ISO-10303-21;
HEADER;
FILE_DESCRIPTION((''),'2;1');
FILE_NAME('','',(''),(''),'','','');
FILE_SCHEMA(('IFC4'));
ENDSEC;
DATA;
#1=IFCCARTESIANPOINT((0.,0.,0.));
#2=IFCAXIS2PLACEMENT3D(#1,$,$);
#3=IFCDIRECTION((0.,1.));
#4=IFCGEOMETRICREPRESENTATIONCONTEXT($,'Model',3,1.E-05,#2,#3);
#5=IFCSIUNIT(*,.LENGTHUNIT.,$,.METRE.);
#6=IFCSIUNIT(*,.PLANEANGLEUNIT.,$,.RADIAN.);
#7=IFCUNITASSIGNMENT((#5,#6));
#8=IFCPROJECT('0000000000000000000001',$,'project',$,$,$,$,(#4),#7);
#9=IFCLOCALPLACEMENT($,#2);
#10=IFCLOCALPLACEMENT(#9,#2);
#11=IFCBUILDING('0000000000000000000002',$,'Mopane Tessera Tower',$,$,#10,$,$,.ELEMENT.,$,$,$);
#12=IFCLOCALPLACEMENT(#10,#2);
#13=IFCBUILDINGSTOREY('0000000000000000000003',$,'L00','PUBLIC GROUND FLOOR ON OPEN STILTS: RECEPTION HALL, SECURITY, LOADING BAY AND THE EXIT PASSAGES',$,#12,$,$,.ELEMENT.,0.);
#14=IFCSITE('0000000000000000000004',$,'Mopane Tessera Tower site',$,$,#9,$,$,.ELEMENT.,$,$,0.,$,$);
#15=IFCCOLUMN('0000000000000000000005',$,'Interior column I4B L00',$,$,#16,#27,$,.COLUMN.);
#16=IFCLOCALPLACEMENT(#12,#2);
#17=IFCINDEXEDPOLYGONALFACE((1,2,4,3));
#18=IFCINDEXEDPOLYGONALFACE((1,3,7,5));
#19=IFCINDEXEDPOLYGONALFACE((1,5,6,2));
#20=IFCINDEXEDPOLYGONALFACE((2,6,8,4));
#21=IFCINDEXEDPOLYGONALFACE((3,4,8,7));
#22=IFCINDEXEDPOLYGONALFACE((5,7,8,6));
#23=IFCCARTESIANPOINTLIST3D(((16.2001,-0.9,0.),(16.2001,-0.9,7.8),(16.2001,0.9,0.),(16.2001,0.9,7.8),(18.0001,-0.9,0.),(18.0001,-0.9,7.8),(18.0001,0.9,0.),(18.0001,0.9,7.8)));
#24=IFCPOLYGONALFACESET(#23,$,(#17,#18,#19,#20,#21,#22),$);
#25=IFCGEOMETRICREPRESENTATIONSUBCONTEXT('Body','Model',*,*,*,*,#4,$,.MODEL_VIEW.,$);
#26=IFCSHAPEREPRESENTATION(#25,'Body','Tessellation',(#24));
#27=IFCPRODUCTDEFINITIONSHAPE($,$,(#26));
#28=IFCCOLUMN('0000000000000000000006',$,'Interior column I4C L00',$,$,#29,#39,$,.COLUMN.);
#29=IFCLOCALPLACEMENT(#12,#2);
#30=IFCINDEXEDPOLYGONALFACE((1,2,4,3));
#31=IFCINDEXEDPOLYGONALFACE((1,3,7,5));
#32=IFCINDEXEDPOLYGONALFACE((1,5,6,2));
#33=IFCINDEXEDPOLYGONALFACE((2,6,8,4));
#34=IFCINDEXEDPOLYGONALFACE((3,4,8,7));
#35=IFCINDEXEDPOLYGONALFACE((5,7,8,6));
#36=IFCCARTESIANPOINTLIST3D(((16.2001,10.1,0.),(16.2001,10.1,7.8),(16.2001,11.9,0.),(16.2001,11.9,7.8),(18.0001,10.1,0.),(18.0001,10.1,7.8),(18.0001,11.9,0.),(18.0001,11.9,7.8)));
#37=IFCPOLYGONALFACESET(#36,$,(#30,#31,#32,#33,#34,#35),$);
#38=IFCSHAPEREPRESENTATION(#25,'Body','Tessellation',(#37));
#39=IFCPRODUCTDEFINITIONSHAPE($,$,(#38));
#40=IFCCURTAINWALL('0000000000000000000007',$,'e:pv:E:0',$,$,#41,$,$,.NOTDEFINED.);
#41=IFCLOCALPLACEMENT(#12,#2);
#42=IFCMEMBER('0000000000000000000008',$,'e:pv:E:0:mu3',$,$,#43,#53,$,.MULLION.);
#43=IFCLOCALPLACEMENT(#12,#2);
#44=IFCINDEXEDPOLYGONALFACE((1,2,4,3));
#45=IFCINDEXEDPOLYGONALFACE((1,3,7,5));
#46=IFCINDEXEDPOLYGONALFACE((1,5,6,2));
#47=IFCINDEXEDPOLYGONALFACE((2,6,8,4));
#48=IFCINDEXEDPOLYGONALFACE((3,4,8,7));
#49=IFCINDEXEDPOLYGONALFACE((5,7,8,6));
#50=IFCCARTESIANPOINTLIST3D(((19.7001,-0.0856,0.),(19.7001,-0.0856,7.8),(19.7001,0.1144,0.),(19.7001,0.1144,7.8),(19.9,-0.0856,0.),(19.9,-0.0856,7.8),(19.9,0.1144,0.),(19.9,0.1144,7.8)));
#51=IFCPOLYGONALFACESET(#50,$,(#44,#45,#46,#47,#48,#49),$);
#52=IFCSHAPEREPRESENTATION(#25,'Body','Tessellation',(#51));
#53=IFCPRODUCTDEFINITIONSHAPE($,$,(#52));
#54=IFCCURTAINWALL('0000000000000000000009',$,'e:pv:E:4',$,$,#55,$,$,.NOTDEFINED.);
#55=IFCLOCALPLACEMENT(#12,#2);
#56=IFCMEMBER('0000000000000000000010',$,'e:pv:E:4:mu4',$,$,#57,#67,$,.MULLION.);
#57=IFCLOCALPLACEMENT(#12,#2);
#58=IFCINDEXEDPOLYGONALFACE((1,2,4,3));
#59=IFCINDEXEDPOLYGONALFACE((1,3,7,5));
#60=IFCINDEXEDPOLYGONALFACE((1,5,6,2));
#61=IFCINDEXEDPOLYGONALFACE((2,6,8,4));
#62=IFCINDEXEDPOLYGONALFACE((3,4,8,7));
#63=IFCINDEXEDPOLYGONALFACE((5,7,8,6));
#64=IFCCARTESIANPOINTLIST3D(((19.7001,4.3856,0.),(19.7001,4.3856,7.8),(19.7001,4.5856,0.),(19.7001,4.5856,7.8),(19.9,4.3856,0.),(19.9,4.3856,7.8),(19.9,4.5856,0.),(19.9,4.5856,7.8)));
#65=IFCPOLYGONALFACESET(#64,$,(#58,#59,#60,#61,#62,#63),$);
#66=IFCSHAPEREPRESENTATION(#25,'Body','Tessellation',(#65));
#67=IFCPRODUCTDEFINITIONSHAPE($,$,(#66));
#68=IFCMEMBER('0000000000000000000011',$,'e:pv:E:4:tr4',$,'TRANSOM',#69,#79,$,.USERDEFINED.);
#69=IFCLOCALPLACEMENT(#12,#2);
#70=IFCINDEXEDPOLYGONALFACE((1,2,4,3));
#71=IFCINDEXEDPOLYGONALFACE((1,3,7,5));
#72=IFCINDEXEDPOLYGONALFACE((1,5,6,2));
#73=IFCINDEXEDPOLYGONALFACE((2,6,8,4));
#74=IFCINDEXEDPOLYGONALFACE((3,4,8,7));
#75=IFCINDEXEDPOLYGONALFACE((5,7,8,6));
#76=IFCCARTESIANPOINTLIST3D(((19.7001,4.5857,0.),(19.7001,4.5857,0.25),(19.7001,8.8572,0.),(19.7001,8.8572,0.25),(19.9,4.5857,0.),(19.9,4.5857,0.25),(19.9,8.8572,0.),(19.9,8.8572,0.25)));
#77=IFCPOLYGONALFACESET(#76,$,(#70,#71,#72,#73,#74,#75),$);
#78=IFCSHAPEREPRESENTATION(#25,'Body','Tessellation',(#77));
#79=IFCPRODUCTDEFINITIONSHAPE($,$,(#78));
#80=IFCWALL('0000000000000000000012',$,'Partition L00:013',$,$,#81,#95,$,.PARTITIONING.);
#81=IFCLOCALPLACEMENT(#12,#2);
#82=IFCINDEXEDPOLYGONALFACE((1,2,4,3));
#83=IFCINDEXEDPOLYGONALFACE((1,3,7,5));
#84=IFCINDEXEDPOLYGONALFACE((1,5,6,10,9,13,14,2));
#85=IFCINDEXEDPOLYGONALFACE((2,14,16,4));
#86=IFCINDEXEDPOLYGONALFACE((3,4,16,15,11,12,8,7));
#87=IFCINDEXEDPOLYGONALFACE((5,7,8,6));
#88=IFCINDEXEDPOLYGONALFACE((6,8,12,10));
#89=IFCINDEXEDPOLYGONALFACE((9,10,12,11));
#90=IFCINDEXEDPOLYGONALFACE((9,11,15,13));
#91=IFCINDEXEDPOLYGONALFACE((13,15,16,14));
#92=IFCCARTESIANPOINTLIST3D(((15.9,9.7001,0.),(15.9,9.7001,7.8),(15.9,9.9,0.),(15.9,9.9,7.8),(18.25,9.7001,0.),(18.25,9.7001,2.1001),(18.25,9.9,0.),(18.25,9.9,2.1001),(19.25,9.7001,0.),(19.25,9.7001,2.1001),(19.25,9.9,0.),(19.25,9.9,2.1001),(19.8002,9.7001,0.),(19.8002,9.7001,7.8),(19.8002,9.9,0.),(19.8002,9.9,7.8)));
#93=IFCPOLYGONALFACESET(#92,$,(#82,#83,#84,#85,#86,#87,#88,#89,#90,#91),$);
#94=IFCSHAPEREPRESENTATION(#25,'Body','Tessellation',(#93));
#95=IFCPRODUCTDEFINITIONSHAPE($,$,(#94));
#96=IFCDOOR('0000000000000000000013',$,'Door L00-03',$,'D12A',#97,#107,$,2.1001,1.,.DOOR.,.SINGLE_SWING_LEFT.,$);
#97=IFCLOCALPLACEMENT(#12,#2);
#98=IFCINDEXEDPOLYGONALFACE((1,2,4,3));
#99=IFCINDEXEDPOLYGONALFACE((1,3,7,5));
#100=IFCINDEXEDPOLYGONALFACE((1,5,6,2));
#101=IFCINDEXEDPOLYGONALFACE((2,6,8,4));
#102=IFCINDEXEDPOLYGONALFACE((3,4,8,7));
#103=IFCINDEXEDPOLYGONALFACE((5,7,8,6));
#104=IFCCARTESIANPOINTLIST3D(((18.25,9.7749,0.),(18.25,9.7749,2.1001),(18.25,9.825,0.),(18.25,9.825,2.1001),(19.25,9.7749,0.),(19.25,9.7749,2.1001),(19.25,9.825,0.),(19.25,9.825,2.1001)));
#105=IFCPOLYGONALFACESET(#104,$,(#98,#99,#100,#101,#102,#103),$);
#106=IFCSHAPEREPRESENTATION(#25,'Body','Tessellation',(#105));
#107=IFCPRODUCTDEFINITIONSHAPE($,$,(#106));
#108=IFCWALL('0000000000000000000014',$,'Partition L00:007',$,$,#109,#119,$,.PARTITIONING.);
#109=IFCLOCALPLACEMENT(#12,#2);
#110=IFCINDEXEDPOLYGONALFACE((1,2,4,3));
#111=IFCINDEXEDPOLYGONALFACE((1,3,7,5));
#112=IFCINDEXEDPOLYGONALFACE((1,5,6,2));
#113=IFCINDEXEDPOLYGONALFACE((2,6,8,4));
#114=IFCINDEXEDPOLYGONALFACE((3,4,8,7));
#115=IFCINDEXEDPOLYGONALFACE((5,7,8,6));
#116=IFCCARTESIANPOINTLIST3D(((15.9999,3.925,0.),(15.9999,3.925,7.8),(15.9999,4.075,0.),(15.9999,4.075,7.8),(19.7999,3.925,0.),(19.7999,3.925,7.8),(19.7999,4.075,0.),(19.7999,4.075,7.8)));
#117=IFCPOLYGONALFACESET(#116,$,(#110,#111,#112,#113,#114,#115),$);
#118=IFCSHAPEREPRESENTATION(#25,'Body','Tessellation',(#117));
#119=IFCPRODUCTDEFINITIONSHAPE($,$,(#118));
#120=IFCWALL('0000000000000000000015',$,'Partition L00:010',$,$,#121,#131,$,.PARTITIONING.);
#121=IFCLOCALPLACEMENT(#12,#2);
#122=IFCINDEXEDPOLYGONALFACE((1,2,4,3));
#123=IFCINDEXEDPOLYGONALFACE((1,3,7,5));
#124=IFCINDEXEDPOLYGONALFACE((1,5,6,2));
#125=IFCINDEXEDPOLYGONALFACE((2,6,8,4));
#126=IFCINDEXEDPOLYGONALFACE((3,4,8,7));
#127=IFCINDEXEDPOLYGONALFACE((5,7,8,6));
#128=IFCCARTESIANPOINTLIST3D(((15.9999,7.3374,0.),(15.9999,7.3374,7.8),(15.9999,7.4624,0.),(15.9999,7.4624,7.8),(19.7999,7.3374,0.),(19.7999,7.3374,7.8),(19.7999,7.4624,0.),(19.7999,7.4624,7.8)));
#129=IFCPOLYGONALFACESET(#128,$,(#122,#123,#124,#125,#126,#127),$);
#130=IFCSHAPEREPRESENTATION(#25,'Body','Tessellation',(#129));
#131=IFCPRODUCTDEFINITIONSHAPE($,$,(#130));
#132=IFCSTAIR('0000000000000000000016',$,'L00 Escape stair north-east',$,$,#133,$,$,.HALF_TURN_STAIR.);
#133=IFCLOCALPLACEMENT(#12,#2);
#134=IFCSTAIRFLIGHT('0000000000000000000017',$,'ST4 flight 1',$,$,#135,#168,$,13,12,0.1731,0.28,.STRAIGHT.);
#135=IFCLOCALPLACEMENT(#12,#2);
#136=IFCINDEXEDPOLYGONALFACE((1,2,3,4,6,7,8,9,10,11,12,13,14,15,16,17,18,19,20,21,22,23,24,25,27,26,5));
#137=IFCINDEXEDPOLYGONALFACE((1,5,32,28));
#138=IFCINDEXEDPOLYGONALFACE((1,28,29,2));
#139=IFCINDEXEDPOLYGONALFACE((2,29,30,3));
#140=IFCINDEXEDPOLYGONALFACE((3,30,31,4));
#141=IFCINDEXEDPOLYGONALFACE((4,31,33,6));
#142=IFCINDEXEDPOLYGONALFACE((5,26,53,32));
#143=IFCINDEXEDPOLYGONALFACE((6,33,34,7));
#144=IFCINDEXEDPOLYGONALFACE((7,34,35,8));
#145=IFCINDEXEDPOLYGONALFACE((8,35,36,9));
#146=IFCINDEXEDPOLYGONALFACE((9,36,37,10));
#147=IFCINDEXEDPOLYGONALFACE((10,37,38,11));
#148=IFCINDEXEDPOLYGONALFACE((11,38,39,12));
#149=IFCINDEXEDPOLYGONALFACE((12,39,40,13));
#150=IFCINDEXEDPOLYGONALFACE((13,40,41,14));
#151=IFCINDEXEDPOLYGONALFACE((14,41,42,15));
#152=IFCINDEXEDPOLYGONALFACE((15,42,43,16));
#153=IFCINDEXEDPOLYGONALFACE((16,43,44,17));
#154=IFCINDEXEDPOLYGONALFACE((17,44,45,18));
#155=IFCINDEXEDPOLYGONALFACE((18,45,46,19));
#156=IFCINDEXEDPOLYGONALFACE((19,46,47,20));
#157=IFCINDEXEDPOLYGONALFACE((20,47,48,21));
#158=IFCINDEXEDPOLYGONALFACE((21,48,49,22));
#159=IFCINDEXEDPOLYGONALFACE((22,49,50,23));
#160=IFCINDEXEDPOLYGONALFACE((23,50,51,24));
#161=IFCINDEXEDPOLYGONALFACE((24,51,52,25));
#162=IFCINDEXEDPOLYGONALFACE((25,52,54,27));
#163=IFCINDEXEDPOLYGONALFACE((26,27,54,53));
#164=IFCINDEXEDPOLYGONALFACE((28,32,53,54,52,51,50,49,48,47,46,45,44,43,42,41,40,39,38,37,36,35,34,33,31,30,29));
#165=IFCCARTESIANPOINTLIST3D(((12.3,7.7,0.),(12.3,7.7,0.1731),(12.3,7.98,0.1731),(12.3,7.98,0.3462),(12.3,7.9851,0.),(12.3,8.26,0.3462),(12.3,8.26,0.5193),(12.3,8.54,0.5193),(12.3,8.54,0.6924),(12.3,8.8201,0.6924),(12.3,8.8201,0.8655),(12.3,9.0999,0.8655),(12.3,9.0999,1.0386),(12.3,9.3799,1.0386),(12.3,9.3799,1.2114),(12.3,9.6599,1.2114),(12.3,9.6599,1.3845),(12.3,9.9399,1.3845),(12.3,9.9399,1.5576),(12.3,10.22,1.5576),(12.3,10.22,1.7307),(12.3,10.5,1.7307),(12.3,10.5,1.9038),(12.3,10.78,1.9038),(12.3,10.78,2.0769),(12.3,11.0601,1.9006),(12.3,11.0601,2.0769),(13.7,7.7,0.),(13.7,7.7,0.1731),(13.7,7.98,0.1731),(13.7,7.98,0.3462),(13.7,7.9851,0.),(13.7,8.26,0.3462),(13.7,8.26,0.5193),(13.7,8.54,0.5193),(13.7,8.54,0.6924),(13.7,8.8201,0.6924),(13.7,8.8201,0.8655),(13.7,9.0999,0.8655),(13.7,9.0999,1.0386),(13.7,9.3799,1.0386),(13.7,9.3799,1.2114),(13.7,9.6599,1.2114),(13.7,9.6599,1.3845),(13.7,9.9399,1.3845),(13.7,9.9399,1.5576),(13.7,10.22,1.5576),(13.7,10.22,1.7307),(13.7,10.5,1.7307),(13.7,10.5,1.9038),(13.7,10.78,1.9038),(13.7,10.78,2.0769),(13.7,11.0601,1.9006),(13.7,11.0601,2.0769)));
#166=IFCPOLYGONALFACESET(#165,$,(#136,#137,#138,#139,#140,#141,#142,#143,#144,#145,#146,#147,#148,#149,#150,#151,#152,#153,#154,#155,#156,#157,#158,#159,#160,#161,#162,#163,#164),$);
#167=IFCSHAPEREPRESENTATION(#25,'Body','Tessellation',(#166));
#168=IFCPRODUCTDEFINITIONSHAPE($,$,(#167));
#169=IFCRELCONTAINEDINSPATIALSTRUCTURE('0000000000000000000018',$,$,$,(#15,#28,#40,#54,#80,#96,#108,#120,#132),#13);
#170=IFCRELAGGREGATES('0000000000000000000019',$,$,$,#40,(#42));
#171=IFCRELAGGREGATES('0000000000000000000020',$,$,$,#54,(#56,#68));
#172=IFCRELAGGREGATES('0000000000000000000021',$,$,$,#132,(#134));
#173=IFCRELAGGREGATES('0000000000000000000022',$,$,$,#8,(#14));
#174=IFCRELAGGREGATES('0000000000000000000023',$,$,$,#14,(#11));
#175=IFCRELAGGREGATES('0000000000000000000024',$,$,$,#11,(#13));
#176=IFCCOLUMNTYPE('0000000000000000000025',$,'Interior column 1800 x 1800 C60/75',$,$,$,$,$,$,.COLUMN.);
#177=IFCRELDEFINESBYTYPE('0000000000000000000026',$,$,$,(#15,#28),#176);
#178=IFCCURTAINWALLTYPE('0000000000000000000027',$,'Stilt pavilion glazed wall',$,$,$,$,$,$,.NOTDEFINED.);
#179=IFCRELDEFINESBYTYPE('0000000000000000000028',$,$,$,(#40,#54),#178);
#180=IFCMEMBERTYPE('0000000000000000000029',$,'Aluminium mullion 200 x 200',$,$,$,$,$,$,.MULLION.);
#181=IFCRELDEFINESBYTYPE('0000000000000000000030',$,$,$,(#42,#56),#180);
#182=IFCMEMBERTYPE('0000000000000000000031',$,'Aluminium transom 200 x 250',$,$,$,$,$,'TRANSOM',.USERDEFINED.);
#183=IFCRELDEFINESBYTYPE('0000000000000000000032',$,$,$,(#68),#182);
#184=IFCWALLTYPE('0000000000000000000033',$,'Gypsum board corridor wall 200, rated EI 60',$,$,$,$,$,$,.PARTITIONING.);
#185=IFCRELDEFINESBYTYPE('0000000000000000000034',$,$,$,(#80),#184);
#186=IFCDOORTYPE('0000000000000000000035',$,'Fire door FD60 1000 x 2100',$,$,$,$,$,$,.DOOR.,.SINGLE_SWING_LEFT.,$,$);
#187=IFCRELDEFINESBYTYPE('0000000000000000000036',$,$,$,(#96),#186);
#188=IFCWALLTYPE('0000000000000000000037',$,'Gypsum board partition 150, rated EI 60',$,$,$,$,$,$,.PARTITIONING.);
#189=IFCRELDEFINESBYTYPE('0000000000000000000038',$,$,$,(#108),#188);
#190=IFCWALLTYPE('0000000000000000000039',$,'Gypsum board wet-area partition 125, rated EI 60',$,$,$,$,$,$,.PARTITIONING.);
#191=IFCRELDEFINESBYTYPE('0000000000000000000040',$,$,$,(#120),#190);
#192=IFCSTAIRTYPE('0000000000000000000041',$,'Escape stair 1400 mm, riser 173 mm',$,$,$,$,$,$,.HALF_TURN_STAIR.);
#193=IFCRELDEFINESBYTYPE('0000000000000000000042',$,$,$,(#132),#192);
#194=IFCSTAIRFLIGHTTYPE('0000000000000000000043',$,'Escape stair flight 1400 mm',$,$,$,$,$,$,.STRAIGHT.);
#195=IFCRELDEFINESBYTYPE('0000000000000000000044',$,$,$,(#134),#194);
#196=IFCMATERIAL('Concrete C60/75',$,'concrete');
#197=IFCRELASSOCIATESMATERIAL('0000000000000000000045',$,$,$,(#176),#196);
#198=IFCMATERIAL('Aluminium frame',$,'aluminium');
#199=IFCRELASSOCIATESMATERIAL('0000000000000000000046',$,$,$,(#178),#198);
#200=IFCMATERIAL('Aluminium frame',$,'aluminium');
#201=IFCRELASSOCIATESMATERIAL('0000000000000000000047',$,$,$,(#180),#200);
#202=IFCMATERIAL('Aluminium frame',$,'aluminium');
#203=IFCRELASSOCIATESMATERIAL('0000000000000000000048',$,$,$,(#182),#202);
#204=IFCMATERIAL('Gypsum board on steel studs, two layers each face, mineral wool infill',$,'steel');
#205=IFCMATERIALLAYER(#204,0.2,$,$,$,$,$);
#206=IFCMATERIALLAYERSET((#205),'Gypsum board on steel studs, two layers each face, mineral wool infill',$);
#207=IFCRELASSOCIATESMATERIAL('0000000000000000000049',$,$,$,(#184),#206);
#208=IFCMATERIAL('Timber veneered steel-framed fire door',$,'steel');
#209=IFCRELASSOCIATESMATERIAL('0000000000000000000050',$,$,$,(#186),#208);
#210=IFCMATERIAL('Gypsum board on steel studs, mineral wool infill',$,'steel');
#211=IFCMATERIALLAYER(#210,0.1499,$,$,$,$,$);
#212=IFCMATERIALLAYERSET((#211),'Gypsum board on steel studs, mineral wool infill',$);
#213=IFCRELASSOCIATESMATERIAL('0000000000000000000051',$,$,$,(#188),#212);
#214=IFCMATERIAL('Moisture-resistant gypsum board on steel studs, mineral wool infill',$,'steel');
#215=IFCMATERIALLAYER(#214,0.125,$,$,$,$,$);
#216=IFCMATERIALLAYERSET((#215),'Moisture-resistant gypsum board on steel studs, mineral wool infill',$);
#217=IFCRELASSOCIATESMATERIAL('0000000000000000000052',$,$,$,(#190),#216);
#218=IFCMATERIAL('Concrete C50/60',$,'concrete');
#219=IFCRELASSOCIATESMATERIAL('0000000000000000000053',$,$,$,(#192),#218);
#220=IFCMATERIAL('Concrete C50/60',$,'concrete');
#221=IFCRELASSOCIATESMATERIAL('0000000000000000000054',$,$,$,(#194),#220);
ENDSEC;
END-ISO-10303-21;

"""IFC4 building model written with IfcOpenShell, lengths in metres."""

from ifc_helpers import new_model, si_unit, direction, frame, frame_2d, origin, origin_2d, place, context, subcontext, project, spatial, polyline, rectangle, outline, extrude, material, layer, layer_set, material_profile, profile_set, type_object, element, fill, aggregate, save


model = new_model("IFC4")

# Units and contexts
model_context = context("Model", 3, precision=1e-05, world=origin(), true_north=direction((0.0, 1.0)))
body_context = subcontext(model_context, "Body", "Model", "MODEL_VIEW")
ifc_project = project(units=[si_unit("LENGTHUNIT", "METRE"), si_unit("PLANEANGLEUNIT", "RADIAN")], contexts=[model_context])

# Site, building, storey
site_placement = place(None, origin())
site = spatial("IfcSite", under=ifc_project, at=site_placement, Name="Mopane Tessera Tower site", CompositionType="ELEMENT", RefElevation=0.0)
building_placement = place(site_placement, origin())
building = spatial("IfcBuilding", under=site, at=building_placement, Name="Mopane Tessera Tower", CompositionType="ELEMENT")
storey_placement = place(building_placement, origin())
storey = spatial("IfcBuildingStorey", under=building, at=storey_placement, Name="L00", Description="PUBLIC GROUND FLOOR ON OPEN STILTS: RECEPTION HALL, SECURITY, LOADING BAY AND THE EXIT PASSAGES", CompositionType="ELEMENT", Elevation=0.0)

# Columns
ifc_material_1 = material(Name="Concrete C60/75", Category="concrete")
ifc_material_profile_1 = material_profile(ifc_material_1, rectangle(XDim=1.8, YDim=1.8, at=origin_2d()))
ifc_profile_set_1 = profile_set([ifc_material_profile_1], Name="Concrete C60/75")
column_type = type_object("IfcColumnType", Name="Interior column 1800 x 1800 C60/75", PredefinedType="COLUMN", material=ifc_profile_set_1)
for number, where, z_axis, x_axis, name in (
    (1, (17.1001, 0.0, 0.0), (0.0, 0.0, 1.0), (1.0, 0.0, 0.0), "Interior column I4B L00"),
    (2, (17.1001, 11.0, 0.0), (0.0, 0.0, 1.0), (1.0, 0.0, 0.0), "Interior column I4C L00"),
):
    element("IfcColumn", number, at=place(storey_placement, frame(where, z_axis=z_axis, x_axis=x_axis)), inside=storey, type_object=column_type, Name=name, PredefinedType="COLUMN", context=body_context, shape_type="SweptSolid", body=[
        extrude(rectangle(XDim=1.8, YDim=1.8, at=origin_2d()), origin(), (0.0, 0.0, 1.0), 7.8),
    ])

# Curtain wall, member
ifc_material_2 = material(Name="Aluminium frame", Category="aluminium")
curtain_wall_type = type_object("IfcCurtainWallType", Name="Stilt pavilion glazed wall", PredefinedType="NOTDEFINED", material=ifc_material_2)
curtain_wall_1_placement = place(storey_placement, origin())
curtain_wall_1 = element("IfcCurtainWall", 3, at=curtain_wall_1_placement, inside=storey, type_object=curtain_wall_type, Name="e:pv:E:0", PredefinedType="NOTDEFINED")
ifc_material_3 = material(Name="Aluminium frame", Category="aluminium")
ifc_material_profile_2 = material_profile(ifc_material_3, rectangle(XDim=0.2, YDim=0.2, at=origin_2d()))
ifc_profile_set_2 = profile_set([ifc_material_profile_2], Name="Aluminium frame")
member_type_1 = type_object("IfcMemberType", Name="Aluminium mullion 200 x 200", PredefinedType="MULLION", material=ifc_profile_set_2)
member_1_placement = place(storey_placement, frame((19.8, 0.0144, 0.0), z_axis=(0.0, 0.0, 1.0), x_axis=(0.0, 1.0, 0.0)))
member_1 = element("IfcMember", 4, at=member_1_placement, type_object=member_type_1, Name="e:pv:E:0:mu3", PredefinedType="MULLION", context=body_context, shape_type="SweptSolid", body=[
    extrude(rectangle(XDim=0.2, YDim=0.2, at=origin_2d()), origin(), (0.0, 0.0, 1.0), 7.8),
])
aggregate(curtain_wall_1, [member_1])

# Curtain wall, members
curtain_wall_2_placement = place(storey_placement, origin())
curtain_wall_2 = element("IfcCurtainWall", 5, at=curtain_wall_2_placement, inside=storey, type_object=curtain_wall_type, Name="e:pv:E:4", PredefinedType="NOTDEFINED")
member_2_placement = place(storey_placement, frame((19.8, 4.4856, 0.0), z_axis=(0.0, 0.0, 1.0), x_axis=(0.0, 1.0, 0.0)))
member_2 = element("IfcMember", 6, at=member_2_placement, type_object=member_type_1, Name="e:pv:E:4:mu4", PredefinedType="MULLION", context=body_context, shape_type="SweptSolid", body=[
    extrude(rectangle(XDim=0.2, YDim=0.2, at=origin_2d()), origin(), (0.0, 0.0, 1.0), 7.8),
])
ifc_material_4 = material(Name="Aluminium frame", Category="aluminium")
ifc_material_profile_3 = material_profile(ifc_material_4, rectangle(XDim=0.2, YDim=0.25, at=origin_2d()))
ifc_profile_set_3 = profile_set([ifc_material_profile_3], Name="Aluminium frame")
member_type_2 = type_object("IfcMemberType", Name="Aluminium transom 200 x 250", ElementType="TRANSOM", PredefinedType="USERDEFINED", material=ifc_profile_set_3)
member_3_placement = place(storey_placement, frame((19.8, 4.5857, 0.125), z_axis=(0.0, 1.0, 0.0), x_axis=(-1.0, 0.0, 0.0)))
member_3 = element("IfcMember", 7, at=member_3_placement, type_object=member_type_2, Name="e:pv:E:4:tr4", ObjectType="TRANSOM", PredefinedType="USERDEFINED", context=body_context, shape_type="SweptSolid", body=[
    extrude(rectangle(XDim=0.2, YDim=0.25, at=origin_2d()), origin(), (0.0, 0.0, 1.0), 4.2715),
])
aggregate(curtain_wall_2, [member_2, member_3])

# Wall, opening, door
ifc_material_5 = material(Name="Gypsum board on steel studs, two layers each face, mineral wool infill", Category="steel")
ifc_layer_1 = layer(ifc_material_5, 0.2)
ifc_layer_set_1 = layer_set([ifc_layer_1], Name="Gypsum board on steel studs, two layers each face, mineral wool infill")
wall_type_1 = type_object("IfcWallType", Name="Gypsum board corridor wall 200, rated EI 60", PredefinedType="PARTITIONING", material=ifc_layer_set_1)
wall_1_placement = place(storey_placement, frame((15.8999, 9.8, 0.0), z_axis=(0.0, 0.0, 1.0), x_axis=(1.0, 0.0, 0.0)))
wall_1 = element("IfcWall", 8, at=wall_1_placement, inside=storey, type_object=wall_type_1, Name="Partition L00:013", PredefinedType="PARTITIONING", context=body_context, shape_type="SweptSolid", body=[
    extrude(rectangle(XDim=3.9001, YDim=0.2, at=frame_2d((1.9502, 0.0))), origin(), (0.0, 0.0, 1.0), 7.8),
])
opening_1_placement = place(wall_1_placement, frame((2.3501, 0.0, 0.0)))
opening_1 = element("IfcOpeningElement", 9, at=opening_1_placement, cuts=wall_1, PredefinedType="OPENING", context=body_context, shape_type="SweptSolid", body=[
    extrude(rectangle(XDim=1.0, YDim=2.1001, at=frame_2d((0.5, 1.05))), frame((0.0, 0.1121, 0.0), z_axis=(0.0, -1.0, 0.0), x_axis=(1.0, 0.0, 0.0)), (0.0, 0.0, 1.0), 0.2239),
])
ifc_material_6 = material(Name="Timber veneered steel-framed fire door", Category="steel")
door_type_1 = type_object("IfcDoorType", Name="Fire door FD60 1000 x 2100", OperationType="SINGLE_SWING_LEFT", PredefinedType="DOOR", material=ifc_material_6)
door_1_placement = place(opening_1_placement, origin())
door_1 = element("IfcDoor", 10, at=door_1_placement, inside=storey, type_object=door_type_1, Name="Door L00-03", ObjectType="D12A", OperationType="SINGLE_SWING_LEFT", OverallHeight=2.1001, OverallWidth=1.0, PredefinedType="DOOR", context=body_context, shape_type="SweptSolid", body=[
    extrude(rectangle(XDim=1.0, YDim=2.1001, at=frame_2d((0.5, 1.05))), frame((0.0, 0.0249, 0.0), z_axis=(0.0, -1.0, 0.0), x_axis=(1.0, 0.0, 0.0)), (0.0, 0.0, 1.0), 0.05),
])
fill(opening_1, door_1)

# Walls
ifc_material_7 = material(Name="Gypsum board on steel studs, mineral wool infill", Category="steel")
ifc_layer_2 = layer(ifc_material_7, 0.1499)
ifc_layer_set_2 = layer_set([ifc_layer_2], Name="Gypsum board on steel studs, mineral wool infill")
wall_type_2 = type_object("IfcWallType", Name="Gypsum board partition 150, rated EI 60", PredefinedType="PARTITIONING", material=ifc_layer_set_2)
wall_2_placement = place(storey_placement, frame((16.0, 4.0, 0.0), z_axis=(0.0, 0.0, 1.0), x_axis=(1.0, 0.0, 0.0)))
element("IfcWall", 11, at=wall_2_placement, inside=storey, type_object=wall_type_2, Name="Partition L00:007", PredefinedType="PARTITIONING", context=body_context, shape_type="SweptSolid", body=[
    extrude(rectangle(XDim=3.8, YDim=0.1499, at=frame_2d((1.8999, 0.0))), origin(), (0.0, 0.0, 1.0), 7.8),
])
ifc_material_8 = material(Name="Moisture-resistant gypsum board on steel studs, mineral wool infill", Category="steel")
ifc_layer_3 = layer(ifc_material_8, 0.125)
ifc_layer_set_3 = layer_set([ifc_layer_3], Name="Moisture-resistant gypsum board on steel studs, mineral wool infill")
wall_type_3 = type_object("IfcWallType", Name="Gypsum board wet-area partition 125, rated EI 60", PredefinedType="PARTITIONING", material=ifc_layer_set_3)
wall_3_placement = place(storey_placement, frame((16.0, 7.3999, 0.0), z_axis=(0.0, 0.0, 1.0), x_axis=(1.0, 0.0, 0.0)))
element("IfcWall", 12, at=wall_3_placement, inside=storey, type_object=wall_type_3, Name="Partition L00:010", PredefinedType="PARTITIONING", context=body_context, shape_type="SweptSolid", body=[
    extrude(rectangle(XDim=3.8, YDim=0.125, at=frame_2d((1.8999, 0.0))), origin(), (0.0, 0.0, 1.0), 7.8),
])

# Stair, stair flight
ifc_material_9 = material(Name="Concrete C50/60", Category="concrete")
stair_type = type_object("IfcStairType", Name="Escape stair 1400 mm, riser 173 mm", PredefinedType="HALF_TURN_STAIR", material=ifc_material_9)
stair_placement = place(storey_placement, origin())
stair = element("IfcStair", 13, at=stair_placement, inside=storey, type_object=stair_type, Name="L00 Escape stair north-east", PredefinedType="HALF_TURN_STAIR")
ifc_material_10 = material(Name="Concrete C50/60", Category="concrete")
stair_flight_type = type_object("IfcStairFlightType", Name="Escape stair flight 1400 mm", PredefinedType="STRAIGHT", material=ifc_material_10)
stair_flight_1_placement = place(storey_placement, frame((13.0, 7.7, 0.0), z_axis=(0.0, 0.0, 1.0), x_axis=(0.0, 1.0, 0.0)))
stair_flight_1 = element("IfcStairFlight", 14, at=stair_flight_1_placement, type_object=stair_flight_type, Name="ST4 flight 1", NumberOfRisers=13, NumberOfTreads=12, PredefinedType="STRAIGHT", RiserHeight=0.1731, TreadLength=0.28, context=body_context, shape_type="SweptSolid", body=[
    extrude(outline(polyline([(0.0, 0.0), (0.0, 0.1731), (0.28, 0.1731), (0.28, 0.3462), (0.5601, 0.3462), (0.5601, 0.5193), (0.8401, 0.5193), (0.8401, 0.6924), (1.1201, 0.6924), (1.1201, 0.8655), (1.3999, 0.8655), (1.3999, 1.0386), (1.6799, 1.0386), (1.6799, 1.2114), (1.96, 1.2114), (1.96, 1.3845), (2.24, 1.3845), (2.24, 1.5576), (2.52, 1.5576), (2.52, 1.7307), (2.8, 1.7307), (2.8, 1.9038), (3.0801, 1.9038), (3.0801, 2.0769), (3.3601, 2.0769), (3.3601, 2.25), (3.3601, 1.9006), (0.2852, 0.0), (0.0, 0.0)])), frame((0.0, 0.7, 0.0), z_axis=(0.0, -1.0, 0.0), x_axis=(1.0, 0.0, 0.0)), (0.0, 0.0, 1.0), 1.3999),
])
aggregate(stair, [stair_flight_1])

save(model, "model.ifc")
